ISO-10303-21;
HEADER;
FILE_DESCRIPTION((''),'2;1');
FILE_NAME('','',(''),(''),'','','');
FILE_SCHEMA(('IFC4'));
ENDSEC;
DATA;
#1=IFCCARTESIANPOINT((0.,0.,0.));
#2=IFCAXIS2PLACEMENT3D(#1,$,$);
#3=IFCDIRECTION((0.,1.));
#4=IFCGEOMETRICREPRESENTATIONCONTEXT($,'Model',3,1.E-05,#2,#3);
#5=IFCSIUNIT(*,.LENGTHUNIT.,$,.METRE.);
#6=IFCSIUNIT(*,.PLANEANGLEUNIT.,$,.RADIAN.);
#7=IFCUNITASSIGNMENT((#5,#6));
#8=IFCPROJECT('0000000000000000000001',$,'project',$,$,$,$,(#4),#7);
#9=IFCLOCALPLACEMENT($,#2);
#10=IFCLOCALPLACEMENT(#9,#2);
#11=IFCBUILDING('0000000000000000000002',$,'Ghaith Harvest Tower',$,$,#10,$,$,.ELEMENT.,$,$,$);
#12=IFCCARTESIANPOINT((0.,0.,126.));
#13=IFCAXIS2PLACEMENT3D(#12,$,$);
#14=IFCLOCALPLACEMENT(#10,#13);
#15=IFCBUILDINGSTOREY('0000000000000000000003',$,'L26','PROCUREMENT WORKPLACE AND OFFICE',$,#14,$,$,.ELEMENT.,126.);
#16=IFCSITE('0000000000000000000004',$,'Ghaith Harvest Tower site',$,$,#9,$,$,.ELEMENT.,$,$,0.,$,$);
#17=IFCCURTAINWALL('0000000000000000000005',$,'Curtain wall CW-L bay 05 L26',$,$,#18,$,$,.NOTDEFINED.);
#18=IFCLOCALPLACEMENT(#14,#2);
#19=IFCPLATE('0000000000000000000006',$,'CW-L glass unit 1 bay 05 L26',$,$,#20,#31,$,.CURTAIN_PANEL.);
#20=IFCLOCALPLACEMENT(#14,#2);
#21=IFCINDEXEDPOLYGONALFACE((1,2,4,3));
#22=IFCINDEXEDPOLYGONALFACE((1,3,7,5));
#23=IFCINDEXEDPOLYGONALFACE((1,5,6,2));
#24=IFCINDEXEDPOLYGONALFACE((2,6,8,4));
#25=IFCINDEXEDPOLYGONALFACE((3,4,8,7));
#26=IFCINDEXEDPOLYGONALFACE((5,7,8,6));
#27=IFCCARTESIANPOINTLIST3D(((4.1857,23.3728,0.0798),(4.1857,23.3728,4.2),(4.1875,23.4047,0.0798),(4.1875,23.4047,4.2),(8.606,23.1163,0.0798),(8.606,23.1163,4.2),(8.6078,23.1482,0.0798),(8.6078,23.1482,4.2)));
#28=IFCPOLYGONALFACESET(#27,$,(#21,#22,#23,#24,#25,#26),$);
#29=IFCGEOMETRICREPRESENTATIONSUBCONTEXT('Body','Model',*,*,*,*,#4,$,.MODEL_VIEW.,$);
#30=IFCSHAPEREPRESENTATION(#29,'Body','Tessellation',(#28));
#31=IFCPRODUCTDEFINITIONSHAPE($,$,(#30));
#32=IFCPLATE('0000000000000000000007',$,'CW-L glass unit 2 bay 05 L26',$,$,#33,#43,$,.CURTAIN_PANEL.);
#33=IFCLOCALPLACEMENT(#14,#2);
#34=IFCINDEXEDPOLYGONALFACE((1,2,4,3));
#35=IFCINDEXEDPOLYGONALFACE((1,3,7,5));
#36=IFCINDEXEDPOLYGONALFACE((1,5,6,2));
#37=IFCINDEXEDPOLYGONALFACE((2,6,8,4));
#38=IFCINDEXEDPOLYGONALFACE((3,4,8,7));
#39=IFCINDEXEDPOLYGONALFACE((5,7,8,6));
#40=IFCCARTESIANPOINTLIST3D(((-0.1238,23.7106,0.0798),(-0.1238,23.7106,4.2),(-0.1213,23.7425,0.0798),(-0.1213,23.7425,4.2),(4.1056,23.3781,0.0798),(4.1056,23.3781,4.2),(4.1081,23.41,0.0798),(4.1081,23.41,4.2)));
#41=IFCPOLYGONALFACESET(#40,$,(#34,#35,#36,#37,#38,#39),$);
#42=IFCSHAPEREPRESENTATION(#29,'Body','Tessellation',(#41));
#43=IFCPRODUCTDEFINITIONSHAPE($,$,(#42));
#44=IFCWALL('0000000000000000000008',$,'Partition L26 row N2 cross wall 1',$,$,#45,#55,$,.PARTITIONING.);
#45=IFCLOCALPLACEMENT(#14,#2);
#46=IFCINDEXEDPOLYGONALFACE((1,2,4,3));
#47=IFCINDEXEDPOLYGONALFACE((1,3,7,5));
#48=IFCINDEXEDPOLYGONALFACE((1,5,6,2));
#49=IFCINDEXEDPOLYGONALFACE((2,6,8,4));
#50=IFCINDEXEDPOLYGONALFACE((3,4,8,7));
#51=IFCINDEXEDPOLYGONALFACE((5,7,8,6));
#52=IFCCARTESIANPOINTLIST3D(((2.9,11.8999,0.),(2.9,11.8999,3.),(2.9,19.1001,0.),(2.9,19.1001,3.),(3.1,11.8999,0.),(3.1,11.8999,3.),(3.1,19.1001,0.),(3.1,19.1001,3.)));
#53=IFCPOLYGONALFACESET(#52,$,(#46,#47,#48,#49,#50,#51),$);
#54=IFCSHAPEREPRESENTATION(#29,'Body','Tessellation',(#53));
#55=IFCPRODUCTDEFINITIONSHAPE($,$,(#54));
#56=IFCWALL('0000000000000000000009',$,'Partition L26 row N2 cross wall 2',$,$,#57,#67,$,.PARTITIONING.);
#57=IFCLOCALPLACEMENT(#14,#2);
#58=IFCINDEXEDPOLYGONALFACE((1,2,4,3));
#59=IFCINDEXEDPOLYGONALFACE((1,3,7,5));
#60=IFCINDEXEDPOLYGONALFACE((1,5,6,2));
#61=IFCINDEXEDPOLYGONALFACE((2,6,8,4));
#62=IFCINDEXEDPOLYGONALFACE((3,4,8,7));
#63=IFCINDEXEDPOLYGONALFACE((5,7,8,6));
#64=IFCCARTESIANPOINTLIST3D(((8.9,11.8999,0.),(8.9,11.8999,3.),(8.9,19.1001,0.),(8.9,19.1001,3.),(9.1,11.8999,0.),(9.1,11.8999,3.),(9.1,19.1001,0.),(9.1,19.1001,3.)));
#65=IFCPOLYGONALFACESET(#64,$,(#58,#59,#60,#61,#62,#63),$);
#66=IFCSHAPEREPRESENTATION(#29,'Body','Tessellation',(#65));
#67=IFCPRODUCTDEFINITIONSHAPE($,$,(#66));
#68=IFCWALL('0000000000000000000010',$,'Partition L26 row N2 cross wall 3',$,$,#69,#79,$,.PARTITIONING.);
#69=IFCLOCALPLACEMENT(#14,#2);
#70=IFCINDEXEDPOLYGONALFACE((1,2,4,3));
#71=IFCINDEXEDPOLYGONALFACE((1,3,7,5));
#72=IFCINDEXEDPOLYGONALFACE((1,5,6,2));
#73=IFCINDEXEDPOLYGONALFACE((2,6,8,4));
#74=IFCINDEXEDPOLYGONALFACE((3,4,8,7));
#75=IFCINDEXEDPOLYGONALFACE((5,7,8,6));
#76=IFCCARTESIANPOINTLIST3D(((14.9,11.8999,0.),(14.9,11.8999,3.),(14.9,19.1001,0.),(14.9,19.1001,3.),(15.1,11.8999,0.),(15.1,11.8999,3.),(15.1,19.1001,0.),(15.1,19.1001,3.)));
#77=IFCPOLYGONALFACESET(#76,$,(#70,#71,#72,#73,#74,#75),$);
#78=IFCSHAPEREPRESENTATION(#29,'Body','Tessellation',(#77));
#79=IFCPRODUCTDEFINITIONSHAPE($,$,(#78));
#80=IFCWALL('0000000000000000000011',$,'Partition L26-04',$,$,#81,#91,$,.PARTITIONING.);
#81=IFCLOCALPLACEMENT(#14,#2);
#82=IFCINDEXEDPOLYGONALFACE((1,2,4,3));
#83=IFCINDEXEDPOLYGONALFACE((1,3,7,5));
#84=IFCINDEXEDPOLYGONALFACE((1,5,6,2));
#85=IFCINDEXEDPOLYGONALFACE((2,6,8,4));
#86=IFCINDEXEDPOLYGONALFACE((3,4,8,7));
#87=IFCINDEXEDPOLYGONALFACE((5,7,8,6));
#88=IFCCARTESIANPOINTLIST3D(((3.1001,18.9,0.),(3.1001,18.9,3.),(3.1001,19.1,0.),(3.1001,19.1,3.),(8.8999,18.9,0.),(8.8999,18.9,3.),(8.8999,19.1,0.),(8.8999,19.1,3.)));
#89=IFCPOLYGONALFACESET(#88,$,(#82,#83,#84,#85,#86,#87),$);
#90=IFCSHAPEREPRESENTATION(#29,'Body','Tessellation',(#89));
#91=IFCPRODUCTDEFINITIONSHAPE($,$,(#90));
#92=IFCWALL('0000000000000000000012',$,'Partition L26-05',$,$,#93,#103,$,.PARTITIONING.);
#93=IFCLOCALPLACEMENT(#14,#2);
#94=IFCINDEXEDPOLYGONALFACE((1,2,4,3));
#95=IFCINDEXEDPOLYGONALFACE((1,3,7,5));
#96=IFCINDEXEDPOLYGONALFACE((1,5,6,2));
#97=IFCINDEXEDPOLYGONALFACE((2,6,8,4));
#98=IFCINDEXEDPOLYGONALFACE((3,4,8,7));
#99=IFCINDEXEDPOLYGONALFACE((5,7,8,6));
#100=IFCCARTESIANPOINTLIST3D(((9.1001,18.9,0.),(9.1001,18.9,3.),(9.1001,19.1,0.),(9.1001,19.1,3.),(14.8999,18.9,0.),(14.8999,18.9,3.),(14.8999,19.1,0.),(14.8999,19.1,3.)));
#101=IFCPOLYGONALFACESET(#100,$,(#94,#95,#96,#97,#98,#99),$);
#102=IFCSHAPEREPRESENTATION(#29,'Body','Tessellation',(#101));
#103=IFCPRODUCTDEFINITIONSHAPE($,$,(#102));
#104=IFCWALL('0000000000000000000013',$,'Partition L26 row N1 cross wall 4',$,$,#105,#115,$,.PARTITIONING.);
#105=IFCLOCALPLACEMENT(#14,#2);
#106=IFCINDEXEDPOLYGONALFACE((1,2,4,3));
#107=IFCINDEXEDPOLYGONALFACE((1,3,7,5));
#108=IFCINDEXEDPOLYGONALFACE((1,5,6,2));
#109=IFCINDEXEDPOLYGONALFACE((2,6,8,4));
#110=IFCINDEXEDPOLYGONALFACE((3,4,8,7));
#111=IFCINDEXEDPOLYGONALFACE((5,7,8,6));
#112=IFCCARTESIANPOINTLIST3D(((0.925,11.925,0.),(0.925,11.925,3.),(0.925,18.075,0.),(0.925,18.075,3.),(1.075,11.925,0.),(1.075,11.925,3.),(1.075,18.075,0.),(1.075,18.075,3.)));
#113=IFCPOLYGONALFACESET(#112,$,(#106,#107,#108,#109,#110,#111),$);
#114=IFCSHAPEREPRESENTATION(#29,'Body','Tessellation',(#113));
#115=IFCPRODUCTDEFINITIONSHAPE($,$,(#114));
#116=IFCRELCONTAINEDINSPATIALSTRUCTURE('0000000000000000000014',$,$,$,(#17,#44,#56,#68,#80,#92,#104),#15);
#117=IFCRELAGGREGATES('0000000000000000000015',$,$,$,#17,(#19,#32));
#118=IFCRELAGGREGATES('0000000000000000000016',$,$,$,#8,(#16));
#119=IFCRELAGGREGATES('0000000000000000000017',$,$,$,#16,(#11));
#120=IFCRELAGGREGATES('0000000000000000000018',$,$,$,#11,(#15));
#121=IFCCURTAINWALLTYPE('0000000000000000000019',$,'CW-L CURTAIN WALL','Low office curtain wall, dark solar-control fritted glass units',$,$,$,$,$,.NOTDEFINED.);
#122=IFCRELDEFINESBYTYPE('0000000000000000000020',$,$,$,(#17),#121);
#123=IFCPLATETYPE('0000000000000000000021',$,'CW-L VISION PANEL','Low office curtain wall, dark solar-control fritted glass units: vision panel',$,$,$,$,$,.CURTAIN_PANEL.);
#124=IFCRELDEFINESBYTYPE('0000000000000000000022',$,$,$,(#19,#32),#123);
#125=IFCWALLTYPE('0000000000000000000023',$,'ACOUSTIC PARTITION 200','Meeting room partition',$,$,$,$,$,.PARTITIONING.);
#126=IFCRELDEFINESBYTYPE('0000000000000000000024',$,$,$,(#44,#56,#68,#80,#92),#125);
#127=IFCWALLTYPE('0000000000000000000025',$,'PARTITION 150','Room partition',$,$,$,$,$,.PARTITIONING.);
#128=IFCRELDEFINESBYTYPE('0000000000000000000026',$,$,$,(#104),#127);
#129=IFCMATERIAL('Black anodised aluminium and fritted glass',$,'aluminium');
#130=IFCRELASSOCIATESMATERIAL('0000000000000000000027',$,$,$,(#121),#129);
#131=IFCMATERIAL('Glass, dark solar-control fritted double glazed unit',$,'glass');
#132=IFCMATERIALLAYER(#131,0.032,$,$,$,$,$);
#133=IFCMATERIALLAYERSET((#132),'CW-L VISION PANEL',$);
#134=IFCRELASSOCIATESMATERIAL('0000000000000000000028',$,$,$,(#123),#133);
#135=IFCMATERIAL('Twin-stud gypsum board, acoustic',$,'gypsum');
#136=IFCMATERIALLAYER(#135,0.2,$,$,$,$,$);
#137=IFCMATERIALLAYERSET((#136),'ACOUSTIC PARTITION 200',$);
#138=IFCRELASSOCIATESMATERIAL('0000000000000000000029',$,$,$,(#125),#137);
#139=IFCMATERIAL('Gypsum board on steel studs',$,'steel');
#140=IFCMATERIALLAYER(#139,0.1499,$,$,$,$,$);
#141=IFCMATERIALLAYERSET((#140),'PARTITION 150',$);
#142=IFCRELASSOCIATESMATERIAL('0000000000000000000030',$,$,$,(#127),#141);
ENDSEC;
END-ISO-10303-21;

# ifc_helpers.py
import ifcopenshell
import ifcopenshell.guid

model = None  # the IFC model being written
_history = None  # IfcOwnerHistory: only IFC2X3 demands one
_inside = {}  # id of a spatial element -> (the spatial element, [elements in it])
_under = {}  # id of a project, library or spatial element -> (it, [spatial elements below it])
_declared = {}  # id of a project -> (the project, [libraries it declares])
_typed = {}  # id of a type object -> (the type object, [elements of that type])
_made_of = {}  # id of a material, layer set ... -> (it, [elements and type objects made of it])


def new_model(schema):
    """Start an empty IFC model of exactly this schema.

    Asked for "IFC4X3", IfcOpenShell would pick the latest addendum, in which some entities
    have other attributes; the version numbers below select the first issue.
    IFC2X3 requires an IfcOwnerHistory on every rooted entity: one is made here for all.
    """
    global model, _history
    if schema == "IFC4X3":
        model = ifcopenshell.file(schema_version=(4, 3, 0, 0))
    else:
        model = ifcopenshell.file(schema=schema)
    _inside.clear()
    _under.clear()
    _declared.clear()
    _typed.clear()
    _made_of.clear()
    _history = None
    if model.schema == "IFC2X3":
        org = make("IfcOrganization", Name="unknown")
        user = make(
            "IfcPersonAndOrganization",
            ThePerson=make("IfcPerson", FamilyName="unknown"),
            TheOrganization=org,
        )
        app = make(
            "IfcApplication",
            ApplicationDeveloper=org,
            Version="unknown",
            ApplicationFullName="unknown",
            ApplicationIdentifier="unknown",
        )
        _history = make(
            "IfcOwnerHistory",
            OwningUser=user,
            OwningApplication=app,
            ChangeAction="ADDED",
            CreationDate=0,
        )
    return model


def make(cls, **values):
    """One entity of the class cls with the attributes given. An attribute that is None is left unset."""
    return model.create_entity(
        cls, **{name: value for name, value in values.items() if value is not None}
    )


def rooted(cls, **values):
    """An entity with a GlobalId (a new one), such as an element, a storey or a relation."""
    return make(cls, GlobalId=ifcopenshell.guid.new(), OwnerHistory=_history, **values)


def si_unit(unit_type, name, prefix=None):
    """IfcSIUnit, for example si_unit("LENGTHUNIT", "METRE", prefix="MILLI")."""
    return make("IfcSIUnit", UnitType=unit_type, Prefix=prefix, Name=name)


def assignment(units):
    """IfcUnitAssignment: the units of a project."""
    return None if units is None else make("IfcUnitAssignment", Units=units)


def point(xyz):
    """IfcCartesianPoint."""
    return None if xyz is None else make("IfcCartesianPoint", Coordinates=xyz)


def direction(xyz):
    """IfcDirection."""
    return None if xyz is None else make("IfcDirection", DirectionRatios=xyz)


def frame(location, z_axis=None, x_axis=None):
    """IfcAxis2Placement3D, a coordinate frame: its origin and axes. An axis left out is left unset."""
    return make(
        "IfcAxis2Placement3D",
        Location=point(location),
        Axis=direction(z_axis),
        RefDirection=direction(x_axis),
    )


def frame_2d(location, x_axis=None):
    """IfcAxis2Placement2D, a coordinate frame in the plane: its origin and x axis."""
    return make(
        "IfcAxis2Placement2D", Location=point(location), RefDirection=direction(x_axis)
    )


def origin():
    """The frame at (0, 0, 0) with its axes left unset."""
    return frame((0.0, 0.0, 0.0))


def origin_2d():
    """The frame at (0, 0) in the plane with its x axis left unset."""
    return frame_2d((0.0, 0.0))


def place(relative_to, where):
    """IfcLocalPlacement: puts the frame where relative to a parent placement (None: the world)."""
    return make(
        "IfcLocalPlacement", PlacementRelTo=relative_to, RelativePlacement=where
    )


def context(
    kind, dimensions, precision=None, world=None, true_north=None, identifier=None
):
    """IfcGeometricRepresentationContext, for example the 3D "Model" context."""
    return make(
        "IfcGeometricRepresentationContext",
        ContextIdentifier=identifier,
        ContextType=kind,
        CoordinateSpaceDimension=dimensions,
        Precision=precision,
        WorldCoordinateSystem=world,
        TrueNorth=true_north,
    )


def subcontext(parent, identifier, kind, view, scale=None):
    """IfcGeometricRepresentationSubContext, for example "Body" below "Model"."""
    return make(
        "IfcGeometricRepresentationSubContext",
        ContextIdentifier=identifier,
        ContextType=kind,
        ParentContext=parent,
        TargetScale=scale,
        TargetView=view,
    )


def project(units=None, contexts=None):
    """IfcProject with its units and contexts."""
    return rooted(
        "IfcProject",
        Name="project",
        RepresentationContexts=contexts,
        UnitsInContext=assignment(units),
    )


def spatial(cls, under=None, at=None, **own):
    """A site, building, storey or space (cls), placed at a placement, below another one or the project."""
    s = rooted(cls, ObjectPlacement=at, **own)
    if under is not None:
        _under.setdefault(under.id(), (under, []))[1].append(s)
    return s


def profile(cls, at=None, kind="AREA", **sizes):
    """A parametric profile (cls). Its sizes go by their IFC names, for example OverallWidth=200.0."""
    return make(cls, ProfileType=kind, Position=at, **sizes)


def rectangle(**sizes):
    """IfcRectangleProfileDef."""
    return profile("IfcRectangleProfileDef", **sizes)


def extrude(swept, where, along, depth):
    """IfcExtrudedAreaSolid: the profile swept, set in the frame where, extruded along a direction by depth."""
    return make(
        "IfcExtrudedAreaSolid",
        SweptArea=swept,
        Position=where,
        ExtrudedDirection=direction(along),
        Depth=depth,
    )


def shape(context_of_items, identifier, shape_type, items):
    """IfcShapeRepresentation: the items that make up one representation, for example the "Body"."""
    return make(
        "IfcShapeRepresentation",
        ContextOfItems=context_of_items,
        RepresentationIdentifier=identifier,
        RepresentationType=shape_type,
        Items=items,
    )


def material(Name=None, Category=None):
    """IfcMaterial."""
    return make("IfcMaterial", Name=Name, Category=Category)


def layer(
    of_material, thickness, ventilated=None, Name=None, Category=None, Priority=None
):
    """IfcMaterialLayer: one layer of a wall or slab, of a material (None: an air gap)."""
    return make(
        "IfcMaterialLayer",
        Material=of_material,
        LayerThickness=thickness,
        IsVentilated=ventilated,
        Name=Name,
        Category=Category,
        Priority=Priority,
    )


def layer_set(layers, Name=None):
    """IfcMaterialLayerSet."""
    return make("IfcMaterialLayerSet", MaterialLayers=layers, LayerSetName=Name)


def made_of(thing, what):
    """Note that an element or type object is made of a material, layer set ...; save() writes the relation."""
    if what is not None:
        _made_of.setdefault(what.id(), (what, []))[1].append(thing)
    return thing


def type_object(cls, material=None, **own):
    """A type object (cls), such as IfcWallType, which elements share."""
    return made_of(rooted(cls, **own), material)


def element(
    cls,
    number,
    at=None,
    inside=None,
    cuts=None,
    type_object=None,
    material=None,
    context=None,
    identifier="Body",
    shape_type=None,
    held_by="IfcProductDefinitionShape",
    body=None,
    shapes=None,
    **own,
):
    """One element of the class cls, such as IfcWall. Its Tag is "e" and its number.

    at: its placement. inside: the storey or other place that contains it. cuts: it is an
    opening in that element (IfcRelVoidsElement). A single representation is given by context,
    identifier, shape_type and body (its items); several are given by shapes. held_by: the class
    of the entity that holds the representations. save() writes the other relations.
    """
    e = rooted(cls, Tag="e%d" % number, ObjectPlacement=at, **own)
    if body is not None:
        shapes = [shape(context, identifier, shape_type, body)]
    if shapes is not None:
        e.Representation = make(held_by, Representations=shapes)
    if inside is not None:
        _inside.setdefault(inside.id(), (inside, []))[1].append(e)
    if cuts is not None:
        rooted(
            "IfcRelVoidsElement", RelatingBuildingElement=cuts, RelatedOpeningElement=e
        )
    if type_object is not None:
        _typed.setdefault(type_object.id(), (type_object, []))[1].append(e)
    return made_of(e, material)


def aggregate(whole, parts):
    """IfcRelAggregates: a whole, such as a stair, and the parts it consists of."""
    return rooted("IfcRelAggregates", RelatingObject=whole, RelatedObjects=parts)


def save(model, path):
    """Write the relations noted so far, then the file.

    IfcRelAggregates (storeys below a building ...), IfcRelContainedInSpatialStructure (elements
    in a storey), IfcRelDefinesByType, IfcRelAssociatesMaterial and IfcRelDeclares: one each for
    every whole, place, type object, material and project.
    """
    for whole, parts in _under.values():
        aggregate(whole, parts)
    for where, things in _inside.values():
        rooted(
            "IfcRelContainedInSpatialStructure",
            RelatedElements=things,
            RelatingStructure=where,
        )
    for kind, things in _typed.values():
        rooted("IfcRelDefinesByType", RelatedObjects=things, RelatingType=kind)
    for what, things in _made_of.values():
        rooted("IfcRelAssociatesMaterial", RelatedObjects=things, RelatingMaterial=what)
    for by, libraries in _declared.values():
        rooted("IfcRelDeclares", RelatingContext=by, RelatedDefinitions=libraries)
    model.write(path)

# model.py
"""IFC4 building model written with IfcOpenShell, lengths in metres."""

from ifc_helpers import new_model, si_unit, direction, frame, frame_2d, origin, origin_2d, place, context, subcontext, project, spatial, rectangle, extrude, material, layer, layer_set, type_object, element, aggregate, save


model = new_model("IFC4")

# Units and contexts
model_context = context("Model", 3, precision=1e-05, world=origin(), true_north=direction((0.0, 1.0)))
body_context = subcontext(model_context, "Body", "Model", "MODEL_VIEW")
ifc_project = project(units=[si_unit("LENGTHUNIT", "METRE"), si_unit("PLANEANGLEUNIT", "RADIAN")], contexts=[model_context])

# Site, building, storey
site_placement = place(None, origin())
site = spatial("IfcSite", under=ifc_project, at=site_placement, Name="Ghaith Harvest Tower site", CompositionType="ELEMENT", RefElevation=0.0)
building_placement = place(site_placement, origin())
building = spatial("IfcBuilding", under=site, at=building_placement, Name="Ghaith Harvest Tower", CompositionType="ELEMENT")
storey_placement = place(building_placement, frame((0.0, 0.0, 126.0)))
storey = spatial("IfcBuildingStorey", under=building, at=storey_placement, Name="L26", Description="PROCUREMENT WORKPLACE AND OFFICE", CompositionType="ELEMENT", Elevation=126.0)

# Curtain wall
ifc_material_1 = material(Name="Black anodised aluminium and fritted glass", Category="aluminium")
curtain_wall_type = type_object("IfcCurtainWallType", Name="CW-L CURTAIN WALL", Description="Low office curtain wall, dark solar-control fritted glass units", PredefinedType="NOTDEFINED", material=ifc_material_1)
curtain_wall_1_placement = place(storey_placement, origin())
curtain_wall_1 = element("IfcCurtainWall", 1, at=curtain_wall_1_placement, inside=storey, type_object=curtain_wall_type, Name="Curtain wall CW-L bay 05 L26", PredefinedType="NOTDEFINED")

# Plates
ifc_material_2 = material(Name="Glass, dark solar-control fritted double glazed unit", Category="glass")
ifc_layer_1 = layer(ifc_material_2, 0.032)
ifc_layer_set_1 = layer_set([ifc_layer_1], Name="CW-L VISION PANEL")
plate_type = type_object("IfcPlateType", Name="CW-L VISION PANEL", Description="Low office curtain wall, dark solar-control fritted glass units: vision panel", PredefinedType="CURTAIN_PANEL", material=ifc_layer_set_1)
plate_1_placement = place(storey_placement, frame((6.3967, 23.2605, 0.0798), z_axis=(0.0, 0.0, 1.0), x_axis=(-0.998321, 0.057927, 0.0)))
plate_1 = element("IfcPlate", 2, at=plate_1_placement, type_object=plate_type, Name="CW-L glass unit 1 bay 05 L26", PredefinedType="CURTAIN_PANEL", context=body_context, shape_type="SweptSolid", body=[
    extrude(rectangle(XDim=4.4277, YDim=0.032, at=origin_2d()), origin(), (0.0, 0.0, 1.0), 4.1201),
])
plate_2_placement = place(storey_placement, frame((1.9922, 23.5603, 0.0798), z_axis=(0.0, 0.0, 1.0), x_axis=(-0.996925, 0.07836, 0.0)))
plate_2 = element("IfcPlate", 3, at=plate_2_placement, type_object=plate_type, Name="CW-L glass unit 2 bay 05 L26", PredefinedType="CURTAIN_PANEL", context=body_context, shape_type="SweptSolid", body=[
    extrude(rectangle(XDim=4.2424, YDim=0.032, at=origin_2d()), origin(), (0.0, 0.0, 1.0), 4.1201),
])
aggregate(curtain_wall_1, [plate_1, plate_2])

# Walls
ifc_material_3 = material(Name="Twin-stud gypsum board, acoustic", Category="gypsum")
ifc_layer_2 = layer(ifc_material_3, 0.2)
ifc_layer_set_2 = layer_set([ifc_layer_2], Name="ACOUSTIC PARTITION 200")
wall_type_1 = type_object("IfcWallType", Name="ACOUSTIC PARTITION 200", Description="Meeting room partition", PredefinedType="PARTITIONING", material=ifc_layer_set_2)
for number, where, z_axis, x_axis, name in (
    (4, (3.0, 11.8999, 0.0), (0.0, 0.0, 1.0), (0.0, 1.0, 0.0), "Partition L26 row N2 cross wall 1"),
    (5, (9.0, 11.8999, 0.0), (0.0, 0.0, 1.0), (0.0, 1.0, 0.0), "Partition L26 row N2 cross wall 2"),
    (6, (15.0, 11.8999, 0.0), (0.0, 0.0, 1.0), (0.0, 1.0, 0.0), "Partition L26 row N2 cross wall 3"),
):
    element("IfcWall", number, at=place(storey_placement, frame(where, z_axis=z_axis, x_axis=x_axis)), inside=storey, type_object=wall_type_1, Name=name, PredefinedType="PARTITIONING", context=body_context, shape_type="SweptSolid", body=[
        extrude(rectangle(XDim=7.2002, YDim=0.2, at=frame_2d((3.6001, 0.0))), origin(), (0.0, 0.0, 1.0), 3.0),
    ])

# Wall
wall_1_placement = place(storey_placement, frame((3.1001, 19.0, 0.0), z_axis=(0.0, 0.0, 1.0), x_axis=(1.0, 0.0, 0.0)))
element("IfcWall", 7, at=wall_1_placement, inside=storey, type_object=wall_type_1, Name="Partition L26-04", PredefinedType="PARTITIONING", context=body_context, shape_type="SweptSolid", body=[
    extrude(rectangle(XDim=5.7998, YDim=0.2, at=frame_2d((2.8999, 0.0))), origin(), (0.0, 0.0, 1.0), 3.0),
])

# Walls
wall_2_placement = place(storey_placement, frame((9.1001, 19.0, 0.0), z_axis=(0.0, 0.0, 1.0), x_axis=(1.0, 0.0, 0.0)))
element("IfcWall", 8, at=wall_2_placement, inside=storey, type_object=wall_type_1, Name="Partition L26-05", PredefinedType="PARTITIONING", context=body_context, shape_type="SweptSolid", body=[
    extrude(rectangle(XDim=5.7998, YDim=0.2, at=frame_2d((2.8999, 0.0))), origin(), (0.0, 0.0, 1.0), 3.0),
])
ifc_material_4 = material(Name="Gypsum board on steel studs", Category="steel")
ifc_layer_3 = layer(ifc_material_4, 0.1499)
ifc_layer_set_3 = layer_set([ifc_layer_3], Name="PARTITION 150")
wall_type_2 = type_object("IfcWallType", Name="PARTITION 150", Description="Room partition", PredefinedType="PARTITIONING", material=ifc_layer_set_3)
wall_3_placement = place(storey_placement, frame((1.0, 11.925, 0.0), z_axis=(0.0, 0.0, 1.0), x_axis=(0.0, 1.0, 0.0)))
element("IfcWall", 9, at=wall_3_placement, inside=storey, type_object=wall_type_2, Name="Partition L26 row N1 cross wall 4", PredefinedType="PARTITIONING", context=body_context, shape_type="SweptSolid", body=[
    extrude(rectangle(XDim=6.1499, YDim=0.1499, at=frame_2d((3.075, 0.0))), origin(), (0.0, 0.0, 1.0), 3.0),
])

save(model, "model.ifc")
